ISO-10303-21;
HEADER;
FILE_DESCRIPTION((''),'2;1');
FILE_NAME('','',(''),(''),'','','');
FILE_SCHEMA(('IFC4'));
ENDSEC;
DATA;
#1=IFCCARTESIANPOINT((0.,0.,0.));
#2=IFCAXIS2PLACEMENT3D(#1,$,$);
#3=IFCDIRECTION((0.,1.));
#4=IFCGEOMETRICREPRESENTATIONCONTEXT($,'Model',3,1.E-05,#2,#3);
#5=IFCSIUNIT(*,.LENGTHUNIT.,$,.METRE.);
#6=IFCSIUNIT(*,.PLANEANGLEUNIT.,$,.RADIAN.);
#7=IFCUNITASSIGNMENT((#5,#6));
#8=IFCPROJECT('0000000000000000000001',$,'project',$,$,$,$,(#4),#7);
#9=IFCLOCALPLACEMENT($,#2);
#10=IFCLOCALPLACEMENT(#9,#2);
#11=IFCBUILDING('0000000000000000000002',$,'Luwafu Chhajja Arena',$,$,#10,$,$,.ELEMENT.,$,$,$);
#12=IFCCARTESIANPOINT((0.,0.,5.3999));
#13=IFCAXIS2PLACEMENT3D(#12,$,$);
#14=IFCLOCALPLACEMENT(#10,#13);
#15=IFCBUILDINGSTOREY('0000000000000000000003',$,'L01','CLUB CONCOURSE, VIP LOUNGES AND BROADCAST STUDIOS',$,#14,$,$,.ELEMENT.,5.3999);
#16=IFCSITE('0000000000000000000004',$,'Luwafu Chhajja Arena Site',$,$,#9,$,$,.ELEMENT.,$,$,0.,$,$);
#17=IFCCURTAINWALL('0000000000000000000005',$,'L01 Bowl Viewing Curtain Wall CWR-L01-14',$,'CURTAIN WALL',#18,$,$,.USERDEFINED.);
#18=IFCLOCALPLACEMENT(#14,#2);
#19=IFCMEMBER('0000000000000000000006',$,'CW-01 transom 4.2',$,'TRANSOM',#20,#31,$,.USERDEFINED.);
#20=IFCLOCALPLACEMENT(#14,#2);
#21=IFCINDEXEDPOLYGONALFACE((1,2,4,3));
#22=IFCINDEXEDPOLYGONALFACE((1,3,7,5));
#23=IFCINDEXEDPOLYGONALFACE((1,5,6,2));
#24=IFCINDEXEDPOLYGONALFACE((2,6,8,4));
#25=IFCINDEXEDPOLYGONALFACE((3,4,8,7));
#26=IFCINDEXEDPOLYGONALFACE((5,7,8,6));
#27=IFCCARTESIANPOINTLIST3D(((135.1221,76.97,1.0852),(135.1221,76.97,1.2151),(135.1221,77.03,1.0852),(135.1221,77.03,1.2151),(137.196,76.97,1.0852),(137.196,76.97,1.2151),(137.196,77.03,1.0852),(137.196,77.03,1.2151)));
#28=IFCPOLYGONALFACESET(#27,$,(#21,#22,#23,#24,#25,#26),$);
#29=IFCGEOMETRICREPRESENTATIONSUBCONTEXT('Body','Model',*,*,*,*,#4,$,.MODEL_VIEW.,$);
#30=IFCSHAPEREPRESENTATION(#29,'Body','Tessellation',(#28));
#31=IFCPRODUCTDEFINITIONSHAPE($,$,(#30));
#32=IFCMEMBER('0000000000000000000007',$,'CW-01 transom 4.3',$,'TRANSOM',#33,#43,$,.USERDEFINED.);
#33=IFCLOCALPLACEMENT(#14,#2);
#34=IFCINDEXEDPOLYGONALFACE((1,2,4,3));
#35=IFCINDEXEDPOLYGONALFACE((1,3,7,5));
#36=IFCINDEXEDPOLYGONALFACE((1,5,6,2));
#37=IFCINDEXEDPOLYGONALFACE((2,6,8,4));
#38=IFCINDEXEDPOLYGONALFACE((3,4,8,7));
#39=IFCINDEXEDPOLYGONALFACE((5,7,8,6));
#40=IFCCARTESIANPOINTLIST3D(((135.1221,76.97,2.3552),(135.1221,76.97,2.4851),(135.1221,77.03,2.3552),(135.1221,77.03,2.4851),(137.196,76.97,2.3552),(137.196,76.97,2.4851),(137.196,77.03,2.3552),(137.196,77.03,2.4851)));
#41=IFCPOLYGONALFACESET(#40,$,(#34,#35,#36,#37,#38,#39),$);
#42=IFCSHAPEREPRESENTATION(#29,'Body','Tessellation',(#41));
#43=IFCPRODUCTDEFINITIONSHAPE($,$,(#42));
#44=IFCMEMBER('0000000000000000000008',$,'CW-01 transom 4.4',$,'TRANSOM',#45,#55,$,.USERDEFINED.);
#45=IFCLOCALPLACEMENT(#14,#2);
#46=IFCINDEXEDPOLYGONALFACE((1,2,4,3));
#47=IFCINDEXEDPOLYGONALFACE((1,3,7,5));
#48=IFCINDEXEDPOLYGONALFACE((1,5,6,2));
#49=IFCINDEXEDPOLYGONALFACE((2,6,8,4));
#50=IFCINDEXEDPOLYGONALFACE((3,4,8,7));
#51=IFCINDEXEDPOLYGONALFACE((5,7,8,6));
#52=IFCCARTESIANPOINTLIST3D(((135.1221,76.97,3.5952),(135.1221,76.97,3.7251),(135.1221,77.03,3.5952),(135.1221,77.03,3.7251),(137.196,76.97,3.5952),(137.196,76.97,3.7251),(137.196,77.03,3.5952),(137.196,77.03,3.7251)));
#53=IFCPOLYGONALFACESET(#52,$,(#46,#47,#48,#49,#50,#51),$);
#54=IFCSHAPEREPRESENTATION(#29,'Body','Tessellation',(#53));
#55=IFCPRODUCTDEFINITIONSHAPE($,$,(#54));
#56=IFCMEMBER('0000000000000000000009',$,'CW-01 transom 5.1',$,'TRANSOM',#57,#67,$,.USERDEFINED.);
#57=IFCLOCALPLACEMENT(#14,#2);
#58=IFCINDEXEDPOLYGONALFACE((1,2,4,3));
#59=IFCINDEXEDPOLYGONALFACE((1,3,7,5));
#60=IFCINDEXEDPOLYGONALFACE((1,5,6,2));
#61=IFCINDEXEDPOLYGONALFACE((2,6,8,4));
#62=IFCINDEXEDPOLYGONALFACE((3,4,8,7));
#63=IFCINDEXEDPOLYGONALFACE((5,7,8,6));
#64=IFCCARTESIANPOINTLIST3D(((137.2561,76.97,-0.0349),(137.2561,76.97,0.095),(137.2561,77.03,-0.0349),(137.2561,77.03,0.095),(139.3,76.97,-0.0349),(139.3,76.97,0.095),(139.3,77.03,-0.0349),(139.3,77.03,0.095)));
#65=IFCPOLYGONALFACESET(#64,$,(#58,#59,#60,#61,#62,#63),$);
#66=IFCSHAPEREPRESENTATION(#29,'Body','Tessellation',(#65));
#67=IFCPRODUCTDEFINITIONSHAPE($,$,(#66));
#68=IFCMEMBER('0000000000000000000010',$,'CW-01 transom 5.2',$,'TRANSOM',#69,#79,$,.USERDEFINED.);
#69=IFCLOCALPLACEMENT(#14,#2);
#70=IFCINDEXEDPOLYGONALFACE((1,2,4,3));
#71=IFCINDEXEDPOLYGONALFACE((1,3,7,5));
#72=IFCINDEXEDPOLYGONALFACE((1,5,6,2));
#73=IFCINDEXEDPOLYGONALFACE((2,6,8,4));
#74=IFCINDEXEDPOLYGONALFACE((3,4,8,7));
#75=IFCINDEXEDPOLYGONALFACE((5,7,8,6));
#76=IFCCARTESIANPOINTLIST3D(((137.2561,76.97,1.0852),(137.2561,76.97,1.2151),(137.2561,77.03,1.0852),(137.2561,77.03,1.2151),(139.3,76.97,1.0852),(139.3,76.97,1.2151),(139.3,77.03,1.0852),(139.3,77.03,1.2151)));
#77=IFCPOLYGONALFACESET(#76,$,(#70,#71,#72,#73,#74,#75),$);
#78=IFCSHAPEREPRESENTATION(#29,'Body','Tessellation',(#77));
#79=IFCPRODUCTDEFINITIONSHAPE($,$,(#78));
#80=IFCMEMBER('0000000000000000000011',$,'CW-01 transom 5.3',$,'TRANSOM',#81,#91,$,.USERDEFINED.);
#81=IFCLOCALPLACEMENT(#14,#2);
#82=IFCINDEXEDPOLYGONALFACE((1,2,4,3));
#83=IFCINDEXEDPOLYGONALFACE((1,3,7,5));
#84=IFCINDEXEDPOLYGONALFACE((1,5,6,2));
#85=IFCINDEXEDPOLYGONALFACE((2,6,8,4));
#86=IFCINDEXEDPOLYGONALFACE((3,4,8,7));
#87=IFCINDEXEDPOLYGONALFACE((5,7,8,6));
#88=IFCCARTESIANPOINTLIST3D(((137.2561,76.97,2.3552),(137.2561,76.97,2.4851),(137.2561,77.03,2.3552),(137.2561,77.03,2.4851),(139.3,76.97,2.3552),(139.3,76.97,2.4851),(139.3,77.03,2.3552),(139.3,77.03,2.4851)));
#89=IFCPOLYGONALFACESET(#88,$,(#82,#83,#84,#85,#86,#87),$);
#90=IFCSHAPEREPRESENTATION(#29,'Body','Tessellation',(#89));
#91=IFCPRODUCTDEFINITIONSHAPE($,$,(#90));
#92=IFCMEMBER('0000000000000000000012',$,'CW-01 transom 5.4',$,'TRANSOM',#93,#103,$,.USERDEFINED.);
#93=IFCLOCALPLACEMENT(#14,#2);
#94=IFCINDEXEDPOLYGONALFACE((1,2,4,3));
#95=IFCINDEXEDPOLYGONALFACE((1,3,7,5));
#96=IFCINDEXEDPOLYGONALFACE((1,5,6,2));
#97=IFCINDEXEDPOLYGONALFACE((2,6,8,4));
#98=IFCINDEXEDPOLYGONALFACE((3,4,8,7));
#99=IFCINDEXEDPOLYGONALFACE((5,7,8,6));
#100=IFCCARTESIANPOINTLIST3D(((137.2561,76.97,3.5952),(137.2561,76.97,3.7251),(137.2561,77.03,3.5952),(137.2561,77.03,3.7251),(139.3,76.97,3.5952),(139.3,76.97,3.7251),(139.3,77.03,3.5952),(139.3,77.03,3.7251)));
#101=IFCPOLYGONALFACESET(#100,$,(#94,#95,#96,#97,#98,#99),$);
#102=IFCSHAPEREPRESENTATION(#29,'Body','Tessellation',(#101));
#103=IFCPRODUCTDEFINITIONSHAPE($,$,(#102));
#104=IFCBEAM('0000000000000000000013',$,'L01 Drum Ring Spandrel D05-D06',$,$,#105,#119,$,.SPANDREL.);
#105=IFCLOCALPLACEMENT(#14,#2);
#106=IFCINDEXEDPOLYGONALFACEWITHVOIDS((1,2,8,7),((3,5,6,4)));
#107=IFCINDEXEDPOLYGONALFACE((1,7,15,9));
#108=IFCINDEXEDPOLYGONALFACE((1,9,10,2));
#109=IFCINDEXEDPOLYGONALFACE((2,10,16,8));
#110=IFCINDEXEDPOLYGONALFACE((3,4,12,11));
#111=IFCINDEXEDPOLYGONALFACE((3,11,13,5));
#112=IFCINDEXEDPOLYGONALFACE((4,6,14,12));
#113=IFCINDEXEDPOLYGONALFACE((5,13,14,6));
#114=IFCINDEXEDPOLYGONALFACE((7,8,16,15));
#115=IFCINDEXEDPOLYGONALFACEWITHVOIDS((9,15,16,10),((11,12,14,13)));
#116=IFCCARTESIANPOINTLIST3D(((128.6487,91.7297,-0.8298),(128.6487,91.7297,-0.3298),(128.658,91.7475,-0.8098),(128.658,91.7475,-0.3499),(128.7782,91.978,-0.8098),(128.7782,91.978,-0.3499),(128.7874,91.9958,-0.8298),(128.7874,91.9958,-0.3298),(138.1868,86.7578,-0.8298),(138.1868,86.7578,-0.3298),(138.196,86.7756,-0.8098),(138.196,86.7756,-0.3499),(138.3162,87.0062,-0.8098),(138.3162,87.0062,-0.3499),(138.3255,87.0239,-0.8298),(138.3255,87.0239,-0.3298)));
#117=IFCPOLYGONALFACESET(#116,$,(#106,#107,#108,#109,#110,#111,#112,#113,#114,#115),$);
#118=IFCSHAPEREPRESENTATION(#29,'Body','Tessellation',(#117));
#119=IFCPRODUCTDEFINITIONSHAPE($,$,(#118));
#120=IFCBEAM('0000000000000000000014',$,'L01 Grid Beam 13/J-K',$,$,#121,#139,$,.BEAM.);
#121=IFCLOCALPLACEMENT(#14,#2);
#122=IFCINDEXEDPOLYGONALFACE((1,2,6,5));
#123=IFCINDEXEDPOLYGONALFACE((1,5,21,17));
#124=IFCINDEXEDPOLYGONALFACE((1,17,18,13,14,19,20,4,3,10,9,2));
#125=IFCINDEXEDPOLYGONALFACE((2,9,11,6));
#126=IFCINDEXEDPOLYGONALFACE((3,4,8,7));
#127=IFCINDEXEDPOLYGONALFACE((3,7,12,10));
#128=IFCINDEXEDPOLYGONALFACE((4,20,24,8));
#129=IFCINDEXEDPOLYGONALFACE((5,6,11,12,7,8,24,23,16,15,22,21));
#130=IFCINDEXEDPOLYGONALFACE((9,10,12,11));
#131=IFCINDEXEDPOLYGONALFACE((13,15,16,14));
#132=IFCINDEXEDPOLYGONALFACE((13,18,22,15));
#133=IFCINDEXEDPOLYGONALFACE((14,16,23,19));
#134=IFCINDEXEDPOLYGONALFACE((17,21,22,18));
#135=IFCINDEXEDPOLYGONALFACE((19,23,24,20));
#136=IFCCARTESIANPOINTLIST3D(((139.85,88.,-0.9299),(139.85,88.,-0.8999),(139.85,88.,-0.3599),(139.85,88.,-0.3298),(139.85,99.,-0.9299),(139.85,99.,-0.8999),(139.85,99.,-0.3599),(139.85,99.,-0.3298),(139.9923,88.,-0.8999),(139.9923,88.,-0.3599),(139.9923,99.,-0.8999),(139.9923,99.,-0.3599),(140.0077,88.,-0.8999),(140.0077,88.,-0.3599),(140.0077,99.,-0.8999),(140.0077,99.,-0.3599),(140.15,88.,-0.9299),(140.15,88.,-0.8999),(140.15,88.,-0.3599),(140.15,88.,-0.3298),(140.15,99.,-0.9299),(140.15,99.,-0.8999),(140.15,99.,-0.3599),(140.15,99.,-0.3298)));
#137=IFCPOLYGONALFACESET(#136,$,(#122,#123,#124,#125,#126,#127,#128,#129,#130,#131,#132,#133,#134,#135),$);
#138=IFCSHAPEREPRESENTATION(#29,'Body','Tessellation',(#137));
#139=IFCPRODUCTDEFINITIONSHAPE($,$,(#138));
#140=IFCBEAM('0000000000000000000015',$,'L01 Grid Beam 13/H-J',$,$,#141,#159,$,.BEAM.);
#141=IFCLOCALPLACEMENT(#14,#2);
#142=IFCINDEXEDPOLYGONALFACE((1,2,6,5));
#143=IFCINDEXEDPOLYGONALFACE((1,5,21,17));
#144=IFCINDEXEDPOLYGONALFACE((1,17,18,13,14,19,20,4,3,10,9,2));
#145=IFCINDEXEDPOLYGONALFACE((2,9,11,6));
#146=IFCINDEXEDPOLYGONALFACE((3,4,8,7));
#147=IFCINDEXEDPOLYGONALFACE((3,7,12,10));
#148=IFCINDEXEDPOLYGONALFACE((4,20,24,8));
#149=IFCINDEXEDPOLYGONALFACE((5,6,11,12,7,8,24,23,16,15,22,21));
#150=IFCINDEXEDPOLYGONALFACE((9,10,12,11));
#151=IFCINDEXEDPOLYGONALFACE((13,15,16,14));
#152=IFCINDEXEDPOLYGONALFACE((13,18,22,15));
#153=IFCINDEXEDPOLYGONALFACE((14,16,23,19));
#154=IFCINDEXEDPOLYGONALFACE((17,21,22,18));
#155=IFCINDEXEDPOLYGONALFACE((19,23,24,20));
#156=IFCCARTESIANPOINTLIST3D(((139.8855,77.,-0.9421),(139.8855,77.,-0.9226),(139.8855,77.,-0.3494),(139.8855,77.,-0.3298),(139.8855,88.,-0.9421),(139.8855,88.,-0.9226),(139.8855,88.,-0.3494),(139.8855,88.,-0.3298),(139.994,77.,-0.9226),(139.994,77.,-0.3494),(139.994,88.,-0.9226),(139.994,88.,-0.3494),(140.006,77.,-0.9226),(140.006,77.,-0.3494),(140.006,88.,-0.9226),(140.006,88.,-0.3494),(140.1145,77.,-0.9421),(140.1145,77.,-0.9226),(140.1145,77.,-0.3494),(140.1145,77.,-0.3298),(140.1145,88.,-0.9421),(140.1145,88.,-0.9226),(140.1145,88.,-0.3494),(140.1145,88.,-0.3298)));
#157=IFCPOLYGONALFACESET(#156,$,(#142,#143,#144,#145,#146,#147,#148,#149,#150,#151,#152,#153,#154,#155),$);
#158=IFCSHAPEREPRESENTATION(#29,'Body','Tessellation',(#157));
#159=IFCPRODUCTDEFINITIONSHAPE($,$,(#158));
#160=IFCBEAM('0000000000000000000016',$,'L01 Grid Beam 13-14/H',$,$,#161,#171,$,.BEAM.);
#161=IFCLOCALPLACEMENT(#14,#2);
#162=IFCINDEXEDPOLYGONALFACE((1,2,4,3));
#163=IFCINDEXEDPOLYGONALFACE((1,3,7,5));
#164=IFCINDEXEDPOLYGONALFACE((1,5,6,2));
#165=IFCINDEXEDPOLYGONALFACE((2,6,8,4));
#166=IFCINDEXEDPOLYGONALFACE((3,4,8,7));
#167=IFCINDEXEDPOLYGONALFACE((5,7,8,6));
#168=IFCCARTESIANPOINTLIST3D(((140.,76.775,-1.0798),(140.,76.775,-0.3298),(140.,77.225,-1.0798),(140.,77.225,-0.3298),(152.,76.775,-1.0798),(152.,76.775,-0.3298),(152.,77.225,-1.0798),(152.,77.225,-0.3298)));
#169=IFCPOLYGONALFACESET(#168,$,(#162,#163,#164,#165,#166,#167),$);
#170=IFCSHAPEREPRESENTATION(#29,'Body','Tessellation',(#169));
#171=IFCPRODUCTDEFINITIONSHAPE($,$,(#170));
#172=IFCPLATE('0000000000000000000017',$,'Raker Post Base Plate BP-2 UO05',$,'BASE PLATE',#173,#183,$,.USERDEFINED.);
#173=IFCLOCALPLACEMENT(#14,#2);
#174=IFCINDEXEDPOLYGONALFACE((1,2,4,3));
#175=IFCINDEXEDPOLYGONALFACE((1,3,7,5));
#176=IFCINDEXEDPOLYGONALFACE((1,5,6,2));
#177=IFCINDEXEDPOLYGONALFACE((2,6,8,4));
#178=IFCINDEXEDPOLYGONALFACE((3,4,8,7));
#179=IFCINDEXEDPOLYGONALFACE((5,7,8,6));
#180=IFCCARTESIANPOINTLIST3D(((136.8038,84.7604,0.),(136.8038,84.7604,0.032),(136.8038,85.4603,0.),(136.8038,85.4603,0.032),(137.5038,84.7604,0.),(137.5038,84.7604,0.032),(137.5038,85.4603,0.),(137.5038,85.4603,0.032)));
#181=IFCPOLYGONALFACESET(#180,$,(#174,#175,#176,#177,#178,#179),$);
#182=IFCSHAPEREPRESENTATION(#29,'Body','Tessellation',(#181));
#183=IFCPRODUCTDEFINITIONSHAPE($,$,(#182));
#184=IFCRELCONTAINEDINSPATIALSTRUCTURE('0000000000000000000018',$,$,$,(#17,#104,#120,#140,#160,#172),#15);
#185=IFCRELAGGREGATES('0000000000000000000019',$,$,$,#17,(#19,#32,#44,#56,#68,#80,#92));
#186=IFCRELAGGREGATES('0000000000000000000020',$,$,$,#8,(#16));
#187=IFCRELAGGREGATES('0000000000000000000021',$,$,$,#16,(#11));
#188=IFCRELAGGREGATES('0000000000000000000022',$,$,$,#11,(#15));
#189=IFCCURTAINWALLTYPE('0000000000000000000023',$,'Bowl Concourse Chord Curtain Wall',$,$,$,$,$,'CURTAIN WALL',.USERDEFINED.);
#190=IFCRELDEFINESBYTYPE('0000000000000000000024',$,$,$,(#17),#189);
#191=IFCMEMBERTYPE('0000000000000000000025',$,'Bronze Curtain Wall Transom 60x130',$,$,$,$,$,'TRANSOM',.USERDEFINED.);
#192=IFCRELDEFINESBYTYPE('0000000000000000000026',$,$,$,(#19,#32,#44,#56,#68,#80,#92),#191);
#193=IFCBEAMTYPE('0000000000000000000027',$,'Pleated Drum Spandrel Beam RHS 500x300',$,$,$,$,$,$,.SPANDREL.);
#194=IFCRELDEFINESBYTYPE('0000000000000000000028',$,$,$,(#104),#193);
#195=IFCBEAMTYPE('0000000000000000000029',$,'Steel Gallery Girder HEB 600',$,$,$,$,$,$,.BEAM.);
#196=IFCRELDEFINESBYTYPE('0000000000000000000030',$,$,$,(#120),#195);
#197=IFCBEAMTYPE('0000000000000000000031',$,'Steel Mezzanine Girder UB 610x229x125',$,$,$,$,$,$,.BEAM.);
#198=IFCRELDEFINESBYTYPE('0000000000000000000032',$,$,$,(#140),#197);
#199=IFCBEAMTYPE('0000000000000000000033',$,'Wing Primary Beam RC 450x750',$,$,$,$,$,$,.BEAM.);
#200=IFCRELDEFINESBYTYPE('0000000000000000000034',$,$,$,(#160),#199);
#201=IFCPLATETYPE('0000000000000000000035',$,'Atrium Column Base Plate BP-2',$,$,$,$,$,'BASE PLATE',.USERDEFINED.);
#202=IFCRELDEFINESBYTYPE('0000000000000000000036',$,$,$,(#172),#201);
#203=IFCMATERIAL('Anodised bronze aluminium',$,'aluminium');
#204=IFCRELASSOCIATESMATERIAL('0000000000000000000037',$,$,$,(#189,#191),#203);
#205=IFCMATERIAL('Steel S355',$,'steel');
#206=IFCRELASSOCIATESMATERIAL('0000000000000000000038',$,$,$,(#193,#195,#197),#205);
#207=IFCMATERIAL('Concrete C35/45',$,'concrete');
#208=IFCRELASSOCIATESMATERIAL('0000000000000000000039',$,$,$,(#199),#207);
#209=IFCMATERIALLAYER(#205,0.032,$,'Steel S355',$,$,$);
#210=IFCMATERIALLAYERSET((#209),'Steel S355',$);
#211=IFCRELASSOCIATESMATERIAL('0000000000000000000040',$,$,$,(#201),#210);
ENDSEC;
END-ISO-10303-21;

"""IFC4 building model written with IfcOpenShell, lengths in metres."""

from ifc_helpers import new_model, si_unit, direction, frame, origin, origin_2d, place, context, subcontext, project, spatial, rectangle, hollow_rectangle, i_section, extrude, material, layer, layer_set, material_profile, profile_set, type_object, element, aggregate, save


model = new_model("IFC4")

# Units and contexts
model_context = context("Model", 3, precision=1e-05, world=origin(), true_north=direction((0.0, 1.0)))
body_context = subcontext(model_context, "Body", "Model", "MODEL_VIEW")
ifc_project = project(units=[si_unit("LENGTHUNIT", "METRE"), si_unit("PLANEANGLEUNIT", "RADIAN")], contexts=[model_context])

# Site, building, storey
site_placement = place(None, origin())
site = spatial("IfcSite", under=ifc_project, at=site_placement, Name="Luwafu Chhajja Arena Site", CompositionType="ELEMENT", RefElevation=0.0)
building_placement = place(site_placement, origin())
building = spatial("IfcBuilding", under=site, at=building_placement, Name="Luwafu Chhajja Arena", CompositionType="ELEMENT")
storey_placement = place(building_placement, frame((0.0, 0.0, 5.3999)))
storey = spatial("IfcBuildingStorey", under=building, at=storey_placement, Name="L01", Description="CLUB CONCOURSE, VIP LOUNGES AND BROADCAST STUDIOS", CompositionType="ELEMENT", Elevation=5.3999)

# Shared definitions
ifc_material_1 = material(Name="Steel S355", Category="steel")

# Shared definitions
ifc_material_2 = material(Name="Concrete C35/45", Category="concrete")

# Curtain wall, members
ifc_material_3 = material(Name="Anodised bronze aluminium", Category="aluminium")
curtain_wall_type = type_object("IfcCurtainWallType", Name="Bowl Concourse Chord Curtain Wall", ElementType="CURTAIN WALL", PredefinedType="USERDEFINED", material=ifc_material_3)
curtain_wall_placement = place(storey_placement, origin())
curtain_wall = element("IfcCurtainWall", 1, at=curtain_wall_placement, inside=storey, type_object=curtain_wall_type, Name="L01 Bowl Viewing Curtain Wall CWR-L01-14", ObjectType="CURTAIN WALL", PredefinedType="USERDEFINED")
ifc_material_profile_1 = material_profile(ifc_material_3, rectangle(XDim=0.0601, YDim=0.1299, at=origin_2d()), Name="CWT 60x130")
ifc_profile_set_1 = profile_set([ifc_material_profile_1], Name="Anodised bronze aluminium")
member_type_1 = type_object("IfcMemberType", Name="Bronze Curtain Wall Transom 60x130", ElementType="TRANSOM", PredefinedType="USERDEFINED", material=ifc_profile_set_1)
member_1_placement = place(storey_placement, frame((135.1221, 77.0, 1.1501), z_axis=(1.0, 0.0, 0.0), x_axis=(0.0, 1.0, 0.0)))
member_1 = element("IfcMember", 2, at=member_1_placement, type_object=member_type_1, Name="CW-01 transom 4.2", ObjectType="TRANSOM", PredefinedType="USERDEFINED", context=body_context, shape_type="SweptSolid", body=[
    extrude(rectangle(XDim=0.0601, YDim=0.1299, at=origin_2d()), origin(), (0.0, 0.0, 1.0), 2.074),
])
member_2_placement = place(storey_placement, frame((135.1221, 77.0, 2.4202), z_axis=(1.0, 0.0, 0.0), x_axis=(0.0, 1.0, 0.0)))
member_2 = element("IfcMember", 3, at=member_2_placement, type_object=member_type_1, Name="CW-01 transom 4.3", ObjectType="TRANSOM", PredefinedType="USERDEFINED", context=body_context, shape_type="SweptSolid", body=[
    extrude(rectangle(XDim=0.0601, YDim=0.1299, at=origin_2d()), origin(), (0.0, 0.0, 1.0), 2.074),
])
member_3_placement = place(storey_placement, frame((135.1221, 77.0, 3.6602), z_axis=(1.0, 0.0, 0.0), x_axis=(0.0, 1.0, 0.0)))
member_3 = element("IfcMember", 4, at=member_3_placement, type_object=member_type_1, Name="CW-01 transom 4.4", ObjectType="TRANSOM", PredefinedType="USERDEFINED", context=body_context, shape_type="SweptSolid", body=[
    extrude(rectangle(XDim=0.0601, YDim=0.1299, at=origin_2d()), origin(), (0.0, 0.0, 1.0), 2.074),
])
member_4_placement = place(storey_placement, frame((137.2561, 77.0, 0.03), z_axis=(1.0, 0.0, 0.0), x_axis=(0.0, 1.0, 0.0)))
member_4 = element("IfcMember", 5, at=member_4_placement, type_object=member_type_1, Name="CW-01 transom 5.1", ObjectType="TRANSOM", PredefinedType="USERDEFINED", context=body_context, shape_type="SweptSolid", body=[
    extrude(rectangle(XDim=0.0601, YDim=0.1299, at=origin_2d()), origin(), (0.0, 0.0, 1.0), 2.0439),
])
member_5_placement = place(storey_placement, frame((137.2561, 77.0, 1.1501), z_axis=(1.0, 0.0, 0.0), x_axis=(0.0, 1.0, 0.0)))
member_5 = element("IfcMember", 6, at=member_5_placement, type_object=member_type_1, Name="CW-01 transom 5.2", ObjectType="TRANSOM", PredefinedType="USERDEFINED", context=body_context, shape_type="SweptSolid", body=[
    extrude(rectangle(XDim=0.0601, YDim=0.1299, at=origin_2d()), origin(), (0.0, 0.0, 1.0), 2.0439),
])
member_6_placement = place(storey_placement, frame((137.2561, 77.0, 2.4202), z_axis=(1.0, 0.0, 0.0), x_axis=(0.0, 1.0, 0.0)))
member_6 = element("IfcMember", 7, at=member_6_placement, type_object=member_type_1, Name="CW-01 transom 5.3", ObjectType="TRANSOM", PredefinedType="USERDEFINED", context=body_context, shape_type="SweptSolid", body=[
    extrude(rectangle(XDim=0.0601, YDim=0.1299, at=origin_2d()), origin(), (0.0, 0.0, 1.0), 2.0439),
])
member_7_placement = place(storey_placement, frame((137.2561, 77.0, 3.6602), z_axis=(1.0, 0.0, 0.0), x_axis=(0.0, 1.0, 0.0)))
member_7 = element("IfcMember", 8, at=member_7_placement, type_object=member_type_1, Name="CW-01 transom 5.4", ObjectType="TRANSOM", PredefinedType="USERDEFINED", context=body_context, shape_type="SweptSolid", body=[
    extrude(rectangle(XDim=0.0601, YDim=0.1299, at=origin_2d()), origin(), (0.0, 0.0, 1.0), 2.0439),
])

# Beams
ifc_material_profile_2 = material_profile(ifc_material_1, hollow_rectangle(XDim=0.3, YDim=0.5, WallThickness=0.02, at=origin_2d()), Name="RHS 500x300x20")
ifc_profile_set_2 = profile_set([ifc_material_profile_2], Name="Steel S355")
beam_type_1 = type_object("IfcBeamType", Name="Pleated Drum Spandrel Beam RHS 500x300", PredefinedType="SPANDREL", material=ifc_profile_set_2)
beam_1_placement = place(storey_placement, frame((138.2561, 86.8909, -0.5798), z_axis=(-0.886755, 0.462239, 0.0), x_axis=(-0.462239, -0.886755, 0.0)))
element("IfcBeam", 9, at=beam_1_placement, inside=storey, type_object=beam_type_1, Name="L01 Drum Ring Spandrel D05-D06", PredefinedType="SPANDREL", context=body_context, shape_type="SweptSolid", body=[
    extrude(hollow_rectangle(XDim=0.3, YDim=0.5, WallThickness=0.02, at=origin_2d()), origin(), (0.0, 0.0, 1.0), 10.7561),
])
ifc_material_profile_3 = material_profile(ifc_material_1, i_section(OverallWidth=0.3, OverallDepth=0.6001, WebThickness=0.0154, FlangeThickness=0.03, at=origin_2d()), Name="HEB 600")
ifc_profile_set_3 = profile_set([ifc_material_profile_3], Name="Steel S355")
beam_type_2 = type_object("IfcBeamType", Name="Steel Gallery Girder HEB 600", PredefinedType="BEAM", material=ifc_profile_set_3)
beam_2_placement = place(storey_placement, frame((140.0, 88.0, -0.6299), z_axis=(0.0, 1.0, 0.0), x_axis=(-1.0, 0.0, 0.0)))
element("IfcBeam", 10, at=beam_2_placement, inside=storey, type_object=beam_type_2, Name="L01 Grid Beam 13/J-K", PredefinedType="BEAM", context=body_context, shape_type="SweptSolid", body=[
    extrude(i_section(OverallWidth=0.3, OverallDepth=0.6001, WebThickness=0.0154, FlangeThickness=0.03, at=origin_2d()), origin(), (0.0, 0.0, 1.0), 11.0),
])
ifc_material_profile_4 = material_profile(ifc_material_1, i_section(OverallWidth=0.229, OverallDepth=0.6123, WebThickness=0.012, FlangeThickness=0.0195, at=origin_2d()), Name="UB 610x229x125")
ifc_profile_set_4 = profile_set([ifc_material_profile_4], Name="Steel S355")
beam_type_3 = type_object("IfcBeamType", Name="Steel Mezzanine Girder UB 610x229x125", PredefinedType="BEAM", material=ifc_profile_set_4)
beam_3_placement = place(storey_placement, frame((140.0, 77.0, -0.636), z_axis=(0.0, 1.0, 0.0), x_axis=(-1.0, 0.0, 0.0)))
element("IfcBeam", 11, at=beam_3_placement, inside=storey, type_object=beam_type_3, Name="L01 Grid Beam 13/H-J", PredefinedType="BEAM", context=body_context, shape_type="SweptSolid", body=[
    extrude(i_section(OverallWidth=0.229, OverallDepth=0.6123, WebThickness=0.012, FlangeThickness=0.0195, at=origin_2d()), origin(), (0.0, 0.0, 1.0), 11.0),
])
ifc_material_profile_5 = material_profile(ifc_material_2, rectangle(XDim=0.45, YDim=0.75, at=origin_2d()), Name="RC 450x750")
ifc_profile_set_5 = profile_set([ifc_material_profile_5], Name="Concrete C35/45")
beam_type_4 = type_object("IfcBeamType", Name="Wing Primary Beam RC 450x750", PredefinedType="BEAM", material=ifc_profile_set_5)
beam_4_placement = place(storey_placement, frame((140.0, 77.0, -0.7048), z_axis=(1.0, 0.0, 0.0), x_axis=(0.0, 1.0, 0.0)))
element("IfcBeam", 12, at=beam_4_placement, inside=storey, type_object=beam_type_4, Name="L01 Grid Beam 13-14/H", PredefinedType="BEAM", context=body_context, shape_type="SweptSolid", body=[
    extrude(rectangle(XDim=0.45, YDim=0.75, at=origin_2d()), origin(), (0.0, 0.0, 1.0), 12.0),
])

# Plate
ifc_layer_1 = layer(ifc_material_1, 0.032, Name="Steel S355")
ifc_layer_set_1 = layer_set([ifc_layer_1], Name="Steel S355")
plate_type_1 = type_object("IfcPlateType", Name="Atrium Column Base Plate BP-2", ElementType="BASE PLATE", PredefinedType="USERDEFINED", material=ifc_layer_set_1)
plate_1_placement = place(storey_placement, frame((137.1538, 85.1104, 0.0), z_axis=(0.0, 0.0, 1.0), x_axis=(1.0, 0.0, 0.0)))
element("IfcPlate", 13, at=plate_1_placement, inside=storey, type_object=plate_type_1, Name="Raker Post Base Plate BP-2 UO05", ObjectType="BASE PLATE", PredefinedType="USERDEFINED", context=body_context, shape_type="SweptSolid", body=[
    extrude(rectangle(XDim=0.7, YDim=0.7, at=origin_2d()), origin(), (0.0, 0.0, 1.0), 0.032),
])
aggregate(curtain_wall, [member_1, member_2, member_3, member_4, member_5, member_6, member_7])

save(model, "model.ifc")
